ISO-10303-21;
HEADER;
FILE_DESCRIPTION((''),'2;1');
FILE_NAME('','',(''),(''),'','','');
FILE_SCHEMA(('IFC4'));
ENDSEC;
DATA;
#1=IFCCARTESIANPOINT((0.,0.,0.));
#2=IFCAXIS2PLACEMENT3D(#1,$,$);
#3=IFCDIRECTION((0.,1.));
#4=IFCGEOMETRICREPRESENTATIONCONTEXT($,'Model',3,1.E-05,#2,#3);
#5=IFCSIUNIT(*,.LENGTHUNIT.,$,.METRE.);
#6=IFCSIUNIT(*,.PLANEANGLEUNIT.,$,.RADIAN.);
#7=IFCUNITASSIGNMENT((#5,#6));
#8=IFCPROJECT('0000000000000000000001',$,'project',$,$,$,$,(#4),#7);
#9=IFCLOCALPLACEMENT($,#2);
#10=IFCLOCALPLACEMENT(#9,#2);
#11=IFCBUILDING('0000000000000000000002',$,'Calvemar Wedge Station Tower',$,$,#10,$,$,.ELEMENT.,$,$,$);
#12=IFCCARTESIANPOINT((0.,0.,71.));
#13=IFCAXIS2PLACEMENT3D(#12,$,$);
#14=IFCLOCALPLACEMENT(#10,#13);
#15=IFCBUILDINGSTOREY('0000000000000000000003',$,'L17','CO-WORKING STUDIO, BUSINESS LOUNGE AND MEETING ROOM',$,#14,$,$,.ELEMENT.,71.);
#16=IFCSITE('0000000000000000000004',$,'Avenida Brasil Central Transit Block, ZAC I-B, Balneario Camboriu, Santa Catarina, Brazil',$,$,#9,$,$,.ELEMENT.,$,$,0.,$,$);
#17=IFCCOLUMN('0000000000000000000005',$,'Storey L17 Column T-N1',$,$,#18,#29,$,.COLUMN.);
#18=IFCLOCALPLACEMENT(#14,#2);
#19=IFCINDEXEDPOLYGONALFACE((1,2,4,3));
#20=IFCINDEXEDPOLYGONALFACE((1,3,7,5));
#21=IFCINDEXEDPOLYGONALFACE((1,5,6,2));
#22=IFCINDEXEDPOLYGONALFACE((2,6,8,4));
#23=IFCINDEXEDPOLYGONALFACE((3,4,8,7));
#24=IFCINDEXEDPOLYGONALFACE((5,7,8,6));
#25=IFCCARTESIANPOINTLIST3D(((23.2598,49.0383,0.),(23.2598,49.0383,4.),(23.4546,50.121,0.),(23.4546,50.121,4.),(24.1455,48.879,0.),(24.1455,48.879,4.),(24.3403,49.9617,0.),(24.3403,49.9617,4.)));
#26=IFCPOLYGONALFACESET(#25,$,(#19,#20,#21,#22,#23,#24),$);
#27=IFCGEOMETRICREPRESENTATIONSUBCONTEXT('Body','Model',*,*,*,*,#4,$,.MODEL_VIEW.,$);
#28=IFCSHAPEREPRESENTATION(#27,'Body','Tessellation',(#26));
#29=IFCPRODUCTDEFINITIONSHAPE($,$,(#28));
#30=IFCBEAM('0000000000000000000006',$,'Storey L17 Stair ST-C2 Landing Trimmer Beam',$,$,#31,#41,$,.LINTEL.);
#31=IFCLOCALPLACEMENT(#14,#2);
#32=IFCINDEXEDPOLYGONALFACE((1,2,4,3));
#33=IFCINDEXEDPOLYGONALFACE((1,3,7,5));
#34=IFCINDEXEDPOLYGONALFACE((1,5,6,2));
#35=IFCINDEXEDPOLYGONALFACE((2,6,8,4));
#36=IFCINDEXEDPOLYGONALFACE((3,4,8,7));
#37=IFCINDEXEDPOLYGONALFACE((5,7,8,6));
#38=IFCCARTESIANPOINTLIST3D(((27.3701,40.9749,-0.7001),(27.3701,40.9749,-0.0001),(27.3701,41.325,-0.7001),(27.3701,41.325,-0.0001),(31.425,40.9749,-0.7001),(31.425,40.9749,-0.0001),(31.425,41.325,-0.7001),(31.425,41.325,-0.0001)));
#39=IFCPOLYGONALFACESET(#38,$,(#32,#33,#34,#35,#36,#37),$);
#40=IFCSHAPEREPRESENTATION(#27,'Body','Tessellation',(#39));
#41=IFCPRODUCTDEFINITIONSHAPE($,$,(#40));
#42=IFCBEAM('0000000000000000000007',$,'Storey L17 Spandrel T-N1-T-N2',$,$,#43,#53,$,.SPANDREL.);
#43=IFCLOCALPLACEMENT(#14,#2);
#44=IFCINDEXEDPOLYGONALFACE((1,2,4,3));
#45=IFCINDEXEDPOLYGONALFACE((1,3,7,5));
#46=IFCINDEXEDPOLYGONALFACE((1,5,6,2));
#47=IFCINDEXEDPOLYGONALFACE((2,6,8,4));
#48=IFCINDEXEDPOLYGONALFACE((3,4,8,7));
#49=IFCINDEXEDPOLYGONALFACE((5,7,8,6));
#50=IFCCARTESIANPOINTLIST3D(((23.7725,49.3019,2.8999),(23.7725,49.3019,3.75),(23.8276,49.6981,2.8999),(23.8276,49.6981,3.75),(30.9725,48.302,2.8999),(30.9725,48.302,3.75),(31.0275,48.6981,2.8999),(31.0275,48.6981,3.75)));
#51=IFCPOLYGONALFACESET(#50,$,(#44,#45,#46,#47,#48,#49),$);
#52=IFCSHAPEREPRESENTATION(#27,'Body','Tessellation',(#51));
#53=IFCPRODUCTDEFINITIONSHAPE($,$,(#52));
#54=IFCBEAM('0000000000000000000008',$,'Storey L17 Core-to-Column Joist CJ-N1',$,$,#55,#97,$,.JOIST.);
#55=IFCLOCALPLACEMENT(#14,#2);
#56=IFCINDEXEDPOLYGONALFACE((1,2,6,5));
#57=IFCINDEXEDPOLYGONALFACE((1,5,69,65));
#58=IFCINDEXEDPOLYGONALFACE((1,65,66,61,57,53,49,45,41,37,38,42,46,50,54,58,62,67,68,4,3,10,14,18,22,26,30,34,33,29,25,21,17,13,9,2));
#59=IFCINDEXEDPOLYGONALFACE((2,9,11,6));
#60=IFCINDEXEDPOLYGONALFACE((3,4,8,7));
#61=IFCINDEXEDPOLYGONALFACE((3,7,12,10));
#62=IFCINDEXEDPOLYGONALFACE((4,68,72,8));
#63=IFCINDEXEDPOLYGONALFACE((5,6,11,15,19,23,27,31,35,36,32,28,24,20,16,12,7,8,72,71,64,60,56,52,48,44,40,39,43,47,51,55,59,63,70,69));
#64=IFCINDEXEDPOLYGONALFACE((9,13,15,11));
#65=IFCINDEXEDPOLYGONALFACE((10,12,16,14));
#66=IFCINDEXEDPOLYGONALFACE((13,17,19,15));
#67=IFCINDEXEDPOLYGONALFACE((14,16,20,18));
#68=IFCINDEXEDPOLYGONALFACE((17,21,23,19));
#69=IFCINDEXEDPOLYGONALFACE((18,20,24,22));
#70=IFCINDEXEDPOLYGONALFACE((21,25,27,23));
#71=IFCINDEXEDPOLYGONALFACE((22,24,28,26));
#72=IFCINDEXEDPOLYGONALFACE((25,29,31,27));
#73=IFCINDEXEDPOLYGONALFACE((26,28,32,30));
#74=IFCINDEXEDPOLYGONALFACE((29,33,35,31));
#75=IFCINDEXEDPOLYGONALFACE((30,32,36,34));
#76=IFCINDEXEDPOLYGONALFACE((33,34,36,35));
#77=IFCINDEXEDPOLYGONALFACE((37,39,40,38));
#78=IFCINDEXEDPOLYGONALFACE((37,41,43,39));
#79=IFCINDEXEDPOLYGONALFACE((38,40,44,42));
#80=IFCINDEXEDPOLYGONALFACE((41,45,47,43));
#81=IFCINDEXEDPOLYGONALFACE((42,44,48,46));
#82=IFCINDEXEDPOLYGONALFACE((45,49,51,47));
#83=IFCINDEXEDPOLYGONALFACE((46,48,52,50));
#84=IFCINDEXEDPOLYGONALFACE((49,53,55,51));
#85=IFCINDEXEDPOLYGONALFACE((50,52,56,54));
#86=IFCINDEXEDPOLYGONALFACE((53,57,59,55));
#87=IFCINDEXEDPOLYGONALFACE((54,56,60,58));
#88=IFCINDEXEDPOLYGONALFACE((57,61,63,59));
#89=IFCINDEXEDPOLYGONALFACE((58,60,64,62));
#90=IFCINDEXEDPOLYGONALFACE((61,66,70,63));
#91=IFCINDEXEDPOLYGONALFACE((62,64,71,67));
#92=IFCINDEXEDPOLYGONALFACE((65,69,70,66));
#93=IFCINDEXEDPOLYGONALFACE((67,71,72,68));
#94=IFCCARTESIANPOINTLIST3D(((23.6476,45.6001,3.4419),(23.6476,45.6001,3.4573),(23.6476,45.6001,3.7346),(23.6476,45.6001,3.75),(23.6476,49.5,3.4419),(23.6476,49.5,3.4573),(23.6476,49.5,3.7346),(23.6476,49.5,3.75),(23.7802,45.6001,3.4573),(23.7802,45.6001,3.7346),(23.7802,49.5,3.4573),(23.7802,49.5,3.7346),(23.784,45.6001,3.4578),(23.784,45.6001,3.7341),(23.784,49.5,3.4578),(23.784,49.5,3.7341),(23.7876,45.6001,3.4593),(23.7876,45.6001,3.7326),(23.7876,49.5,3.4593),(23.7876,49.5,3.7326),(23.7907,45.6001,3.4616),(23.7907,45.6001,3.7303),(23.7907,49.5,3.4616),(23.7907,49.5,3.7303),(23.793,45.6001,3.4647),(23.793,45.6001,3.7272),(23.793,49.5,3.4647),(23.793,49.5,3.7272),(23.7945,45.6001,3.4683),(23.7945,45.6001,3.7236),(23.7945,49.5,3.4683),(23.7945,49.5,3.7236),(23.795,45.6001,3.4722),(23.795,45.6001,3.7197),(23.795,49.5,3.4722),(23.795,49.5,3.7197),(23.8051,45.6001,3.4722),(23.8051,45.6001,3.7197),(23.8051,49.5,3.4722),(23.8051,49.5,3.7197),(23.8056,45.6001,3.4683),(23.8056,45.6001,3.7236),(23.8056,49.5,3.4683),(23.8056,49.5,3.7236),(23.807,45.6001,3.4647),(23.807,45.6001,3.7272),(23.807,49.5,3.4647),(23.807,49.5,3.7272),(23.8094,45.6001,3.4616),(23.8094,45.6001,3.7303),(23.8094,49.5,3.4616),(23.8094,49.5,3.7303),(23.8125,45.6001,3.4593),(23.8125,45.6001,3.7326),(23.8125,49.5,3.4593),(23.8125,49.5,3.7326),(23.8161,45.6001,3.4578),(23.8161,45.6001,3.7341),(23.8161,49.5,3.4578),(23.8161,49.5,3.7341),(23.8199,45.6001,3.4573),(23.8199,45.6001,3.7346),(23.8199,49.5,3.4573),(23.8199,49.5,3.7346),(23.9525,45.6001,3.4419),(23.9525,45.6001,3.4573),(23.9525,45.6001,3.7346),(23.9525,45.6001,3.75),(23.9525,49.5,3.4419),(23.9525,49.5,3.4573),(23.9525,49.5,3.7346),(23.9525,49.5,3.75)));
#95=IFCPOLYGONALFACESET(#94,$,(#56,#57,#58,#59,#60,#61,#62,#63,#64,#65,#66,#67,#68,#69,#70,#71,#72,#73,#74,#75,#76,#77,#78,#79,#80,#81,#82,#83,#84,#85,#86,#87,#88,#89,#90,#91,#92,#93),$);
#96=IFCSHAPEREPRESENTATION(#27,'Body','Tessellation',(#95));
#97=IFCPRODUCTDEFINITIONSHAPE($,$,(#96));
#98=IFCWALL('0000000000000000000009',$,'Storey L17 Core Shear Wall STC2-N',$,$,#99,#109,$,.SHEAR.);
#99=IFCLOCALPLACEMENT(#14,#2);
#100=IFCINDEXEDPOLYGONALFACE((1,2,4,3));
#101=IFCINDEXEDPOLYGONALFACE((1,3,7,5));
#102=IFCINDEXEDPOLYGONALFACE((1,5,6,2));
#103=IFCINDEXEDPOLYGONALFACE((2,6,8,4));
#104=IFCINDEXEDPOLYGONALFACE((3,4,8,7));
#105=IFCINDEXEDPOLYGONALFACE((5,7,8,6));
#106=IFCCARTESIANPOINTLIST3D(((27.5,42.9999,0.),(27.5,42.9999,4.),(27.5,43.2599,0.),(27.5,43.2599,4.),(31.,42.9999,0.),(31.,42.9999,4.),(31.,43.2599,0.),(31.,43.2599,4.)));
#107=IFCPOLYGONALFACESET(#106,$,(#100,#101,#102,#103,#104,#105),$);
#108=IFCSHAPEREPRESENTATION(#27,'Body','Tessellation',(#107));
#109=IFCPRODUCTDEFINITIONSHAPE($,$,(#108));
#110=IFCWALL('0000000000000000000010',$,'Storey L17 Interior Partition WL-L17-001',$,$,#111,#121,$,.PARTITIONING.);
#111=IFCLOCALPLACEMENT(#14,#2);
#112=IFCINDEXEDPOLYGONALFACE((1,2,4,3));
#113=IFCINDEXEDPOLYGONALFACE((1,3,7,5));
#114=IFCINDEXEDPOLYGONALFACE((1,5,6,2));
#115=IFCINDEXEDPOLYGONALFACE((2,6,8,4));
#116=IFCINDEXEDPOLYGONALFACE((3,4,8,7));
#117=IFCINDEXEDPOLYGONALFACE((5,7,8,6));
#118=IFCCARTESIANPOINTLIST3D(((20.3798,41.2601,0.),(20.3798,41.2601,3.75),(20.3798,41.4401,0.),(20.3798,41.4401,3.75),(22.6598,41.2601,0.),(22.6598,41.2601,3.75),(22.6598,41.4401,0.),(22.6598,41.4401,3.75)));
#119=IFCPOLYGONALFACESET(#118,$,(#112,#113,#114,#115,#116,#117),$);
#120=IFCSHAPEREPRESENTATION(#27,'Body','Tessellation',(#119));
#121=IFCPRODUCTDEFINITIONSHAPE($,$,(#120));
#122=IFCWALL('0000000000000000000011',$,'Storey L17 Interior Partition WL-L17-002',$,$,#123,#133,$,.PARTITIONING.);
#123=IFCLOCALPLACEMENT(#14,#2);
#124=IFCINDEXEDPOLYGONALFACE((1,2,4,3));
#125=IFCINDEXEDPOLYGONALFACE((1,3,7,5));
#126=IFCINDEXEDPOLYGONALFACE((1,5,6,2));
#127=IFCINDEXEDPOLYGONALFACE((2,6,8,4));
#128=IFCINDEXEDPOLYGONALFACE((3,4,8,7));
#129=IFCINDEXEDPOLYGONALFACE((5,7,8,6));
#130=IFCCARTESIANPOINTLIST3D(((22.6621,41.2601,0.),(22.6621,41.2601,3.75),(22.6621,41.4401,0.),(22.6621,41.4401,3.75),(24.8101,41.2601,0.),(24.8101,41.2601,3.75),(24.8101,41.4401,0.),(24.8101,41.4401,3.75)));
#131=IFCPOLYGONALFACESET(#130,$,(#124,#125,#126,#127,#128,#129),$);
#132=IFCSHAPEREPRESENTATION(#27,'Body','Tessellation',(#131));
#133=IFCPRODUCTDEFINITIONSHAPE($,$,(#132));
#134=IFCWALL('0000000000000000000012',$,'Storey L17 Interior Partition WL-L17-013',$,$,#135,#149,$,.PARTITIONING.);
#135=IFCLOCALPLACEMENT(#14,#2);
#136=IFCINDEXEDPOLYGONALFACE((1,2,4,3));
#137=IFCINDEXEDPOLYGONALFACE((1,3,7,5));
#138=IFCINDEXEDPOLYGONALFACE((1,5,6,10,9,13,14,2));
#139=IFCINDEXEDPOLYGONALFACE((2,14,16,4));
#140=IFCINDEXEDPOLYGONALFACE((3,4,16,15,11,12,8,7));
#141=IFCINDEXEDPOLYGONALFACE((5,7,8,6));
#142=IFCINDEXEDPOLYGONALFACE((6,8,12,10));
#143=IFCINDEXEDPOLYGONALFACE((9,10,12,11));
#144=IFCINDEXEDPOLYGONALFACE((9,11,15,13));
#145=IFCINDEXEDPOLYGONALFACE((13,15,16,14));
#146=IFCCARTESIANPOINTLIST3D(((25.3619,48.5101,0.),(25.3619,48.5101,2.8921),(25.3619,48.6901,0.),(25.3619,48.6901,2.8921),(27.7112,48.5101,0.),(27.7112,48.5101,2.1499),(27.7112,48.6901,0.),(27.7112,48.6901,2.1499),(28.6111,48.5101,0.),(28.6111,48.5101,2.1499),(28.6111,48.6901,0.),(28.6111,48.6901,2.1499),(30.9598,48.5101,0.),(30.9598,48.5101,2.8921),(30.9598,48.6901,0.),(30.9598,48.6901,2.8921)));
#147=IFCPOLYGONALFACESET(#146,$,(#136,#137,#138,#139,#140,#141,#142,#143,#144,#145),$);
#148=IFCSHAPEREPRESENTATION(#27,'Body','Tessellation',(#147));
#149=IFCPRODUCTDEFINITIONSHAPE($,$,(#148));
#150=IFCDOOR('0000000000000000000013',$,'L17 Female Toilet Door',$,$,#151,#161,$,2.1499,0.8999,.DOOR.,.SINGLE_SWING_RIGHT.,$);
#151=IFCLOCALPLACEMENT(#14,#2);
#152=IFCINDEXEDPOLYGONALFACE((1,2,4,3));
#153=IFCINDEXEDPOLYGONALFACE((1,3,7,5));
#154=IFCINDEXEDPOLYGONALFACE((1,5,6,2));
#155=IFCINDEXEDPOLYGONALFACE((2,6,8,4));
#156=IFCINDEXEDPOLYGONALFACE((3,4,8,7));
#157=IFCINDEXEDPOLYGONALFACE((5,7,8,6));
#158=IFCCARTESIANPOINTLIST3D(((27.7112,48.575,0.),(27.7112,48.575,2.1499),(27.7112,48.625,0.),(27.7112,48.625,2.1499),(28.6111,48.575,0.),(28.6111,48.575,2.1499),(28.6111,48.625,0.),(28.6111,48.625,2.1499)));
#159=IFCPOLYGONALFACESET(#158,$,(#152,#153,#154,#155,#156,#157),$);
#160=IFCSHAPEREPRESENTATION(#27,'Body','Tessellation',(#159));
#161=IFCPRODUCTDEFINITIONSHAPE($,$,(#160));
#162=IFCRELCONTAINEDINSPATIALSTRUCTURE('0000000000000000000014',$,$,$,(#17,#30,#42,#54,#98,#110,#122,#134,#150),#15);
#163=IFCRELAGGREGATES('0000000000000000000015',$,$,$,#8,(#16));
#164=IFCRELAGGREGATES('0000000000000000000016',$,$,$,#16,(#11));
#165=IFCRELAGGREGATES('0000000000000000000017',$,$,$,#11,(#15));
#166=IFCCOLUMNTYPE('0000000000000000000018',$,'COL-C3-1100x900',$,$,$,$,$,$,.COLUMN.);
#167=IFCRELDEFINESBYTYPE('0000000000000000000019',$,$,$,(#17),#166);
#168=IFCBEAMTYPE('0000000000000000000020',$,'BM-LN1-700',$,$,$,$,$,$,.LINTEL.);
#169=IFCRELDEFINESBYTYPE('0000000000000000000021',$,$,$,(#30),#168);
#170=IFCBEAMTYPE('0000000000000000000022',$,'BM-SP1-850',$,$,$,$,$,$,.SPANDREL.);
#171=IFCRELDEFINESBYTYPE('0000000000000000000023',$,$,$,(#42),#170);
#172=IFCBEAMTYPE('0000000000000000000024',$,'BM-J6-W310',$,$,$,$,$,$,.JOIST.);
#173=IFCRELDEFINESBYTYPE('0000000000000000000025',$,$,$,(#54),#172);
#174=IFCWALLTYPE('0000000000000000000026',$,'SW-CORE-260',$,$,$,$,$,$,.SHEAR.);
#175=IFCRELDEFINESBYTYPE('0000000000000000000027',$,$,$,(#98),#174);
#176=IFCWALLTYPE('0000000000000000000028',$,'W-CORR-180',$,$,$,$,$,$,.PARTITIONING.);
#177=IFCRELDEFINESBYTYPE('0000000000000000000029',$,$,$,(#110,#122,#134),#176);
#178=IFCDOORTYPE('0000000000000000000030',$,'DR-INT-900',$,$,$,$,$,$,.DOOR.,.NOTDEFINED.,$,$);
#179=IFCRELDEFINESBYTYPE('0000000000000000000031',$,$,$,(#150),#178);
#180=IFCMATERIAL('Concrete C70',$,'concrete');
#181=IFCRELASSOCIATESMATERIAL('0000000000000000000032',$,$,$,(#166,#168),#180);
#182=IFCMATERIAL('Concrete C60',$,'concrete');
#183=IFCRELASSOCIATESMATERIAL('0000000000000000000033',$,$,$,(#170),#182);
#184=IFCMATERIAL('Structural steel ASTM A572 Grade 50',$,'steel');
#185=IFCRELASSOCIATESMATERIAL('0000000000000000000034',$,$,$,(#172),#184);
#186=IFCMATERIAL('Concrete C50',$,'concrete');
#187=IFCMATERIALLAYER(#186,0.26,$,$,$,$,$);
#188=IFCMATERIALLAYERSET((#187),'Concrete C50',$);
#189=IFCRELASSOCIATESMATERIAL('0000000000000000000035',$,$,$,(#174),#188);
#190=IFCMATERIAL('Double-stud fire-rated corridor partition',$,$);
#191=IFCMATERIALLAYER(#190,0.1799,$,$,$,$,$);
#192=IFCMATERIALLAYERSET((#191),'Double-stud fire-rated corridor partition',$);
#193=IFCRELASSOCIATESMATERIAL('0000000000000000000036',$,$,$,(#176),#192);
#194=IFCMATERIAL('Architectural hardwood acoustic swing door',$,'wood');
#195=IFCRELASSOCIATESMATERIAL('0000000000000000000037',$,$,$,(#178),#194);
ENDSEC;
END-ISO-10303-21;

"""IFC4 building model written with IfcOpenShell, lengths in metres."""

from ifc_helpers import new_model, si_unit, direction, frame, frame_2d, origin, origin_2d, place, context, subcontext, project, spatial, rectangle, i_section, extrude, source, transform, mapped, material, layer, layer_set, material_profile, profile_set, type_object, element, fill, save


model = new_model("IFC4")

# Units and contexts
model_context = context("Model", 3, precision=1e-05, world=origin(), true_north=direction((0.0, 1.0)))
body_context = subcontext(model_context, "Body", "Model", "MODEL_VIEW")
ifc_project = project(units=[si_unit("LENGTHUNIT", "METRE"), si_unit("PLANEANGLEUNIT", "RADIAN")], contexts=[model_context])

# Site, building, storey
site_placement = place(None, origin())
site = spatial("IfcSite", under=ifc_project, at=site_placement, Name="Avenida Brasil Central Transit Block, ZAC I-B, Balneario Camboriu, Santa Catarina, Brazil", CompositionType="ELEMENT", RefElevation=0.0)
building_placement = place(site_placement, origin())
building = spatial("IfcBuilding", under=site, at=building_placement, Name="Calvemar Wedge Station Tower", CompositionType="ELEMENT")
storey_placement = place(building_placement, frame((0.0, 0.0, 71.0)))
storey = spatial("IfcBuildingStorey", under=building, at=storey_placement, Name="L17", Description="CO-WORKING STUDIO, BUSINESS LOUNGE AND MEETING ROOM", CompositionType="ELEMENT", Elevation=71.0)

# Column
ifc_material_1 = material(Name="Concrete C70", Category="concrete")
ifc_material_profile_1 = material_profile(ifc_material_1, rectangle(XDim=0.8999, YDim=1.1001, at=origin_2d()), Name="RC1100x900")
ifc_profile_set_1 = profile_set([ifc_material_profile_1], Name="Concrete C70")
column_type = type_object("IfcColumnType", Name="COL-C3-1100x900", PredefinedType="COLUMN", material=ifc_profile_set_1)
shared_shape_1 = source(origin(), body_context, "Body", "SweptSolid", [
    extrude(rectangle(XDim=0.8999, YDim=1.1001, at=origin_2d()), origin(), (0.0, 0.0, 1.0), 4.0),
])
column_placement = place(storey_placement, frame((23.8, 49.5, 0.0), z_axis=(0.0, 0.0, 1.0), x_axis=(0.984196, -0.177085, 0.0)))
element("IfcColumn", 1, at=column_placement, inside=storey, type_object=column_type, Name="Storey L17 Column T-N1", PredefinedType="COLUMN", context=body_context, shape_type="MappedRepresentation", body=[
    mapped(shared_shape_1, transform((0.0, 0.0, 0.0), scale=1.0)),
])

# Beams
ifc_material_profile_2 = material_profile(ifc_material_1, rectangle(XDim=0.3501, YDim=0.7, at=origin_2d()), Name="RC350x700")
ifc_profile_set_2 = profile_set([ifc_material_profile_2], Name="Concrete C70")
beam_type_1 = type_object("IfcBeamType", Name="BM-LN1-700", PredefinedType="LINTEL", material=ifc_profile_set_2)
shared_shape_2 = source(origin(), body_context, "Body", "SweptSolid", [
    extrude(rectangle(XDim=0.3501, YDim=0.7, at=origin_2d()), origin(), (0.0, 0.0, 1.0), 4.0549),
])
beam_1_placement = place(storey_placement, frame((27.3701, 41.1499, -0.3501), z_axis=(1.0, 0.0, 0.0), x_axis=(0.0, 1.0, 0.0)))
element("IfcBeam", 2, at=beam_1_placement, inside=storey, type_object=beam_type_1, Name="Storey L17 Stair ST-C2 Landing Trimmer Beam", PredefinedType="LINTEL", context=body_context, shape_type="MappedRepresentation", body=[
    mapped(shared_shape_2, transform((0.0, 0.0, 0.0), scale=1.0)),
])
ifc_material_2 = material(Name="Concrete C60", Category="concrete")
ifc_material_profile_3 = material_profile(ifc_material_2, rectangle(XDim=0.3999, YDim=0.8501, at=origin_2d()), Name="RC400x850")
ifc_profile_set_3 = profile_set([ifc_material_profile_3], Name="Concrete C60")
beam_type_2 = type_object("IfcBeamType", Name="BM-SP1-850", PredefinedType="SPANDREL", material=ifc_profile_set_3)
shared_shape_3 = source(origin(), body_context, "Body", "SweptSolid", [
    extrude(rectangle(XDim=0.3999, YDim=0.8501, at=origin_2d()), origin(), (0.0, 0.0, 1.0), 7.269),
])
beam_2_placement = place(storey_placement, frame((23.8, 49.5, 3.325), z_axis=(0.990492, -0.137569, 0.0), x_axis=(0.137569, 0.990492, 0.0)))
element("IfcBeam", 3, at=beam_2_placement, inside=storey, type_object=beam_type_2, Name="Storey L17 Spandrel T-N1-T-N2", PredefinedType="SPANDREL", context=body_context, shape_type="MappedRepresentation", body=[
    mapped(shared_shape_3, transform((0.0, 0.0, 0.0), scale=1.0)),
])
ifc_material_3 = material(Name="Structural steel ASTM A572 Grade 50", Category="steel")
ifc_material_profile_4 = material_profile(ifc_material_3, i_section(OverallWidth=0.3049, OverallDepth=0.3081, WebThickness=0.01, FlangeThickness=0.0154, FilletRadius=0.0149, at=origin_2d()), Name="W310x97")
ifc_profile_set_4 = profile_set([ifc_material_profile_4], Name="Structural steel ASTM A572 Grade 50")
beam_type_3 = type_object("IfcBeamType", Name="BM-J6-W310", PredefinedType="JOIST", material=ifc_profile_set_4)
shared_shape_4 = source(origin(), body_context, "Body", "SweptSolid", [
    extrude(i_section(OverallWidth=0.3049, OverallDepth=0.3081, WebThickness=0.01, FlangeThickness=0.0154, FilletRadius=0.0149, at=origin_2d()), origin(), (0.0, 0.0, 1.0), 3.8999),
])
beam_3_placement = place(storey_placement, frame((23.8, 45.6001, 3.5959), z_axis=(0.0, 1.0, 0.0), x_axis=(-1.0, 0.0, 0.0)))
element("IfcBeam", 4, at=beam_3_placement, inside=storey, type_object=beam_type_3, Name="Storey L17 Core-to-Column Joist CJ-N1", PredefinedType="JOIST", context=body_context, shape_type="MappedRepresentation", body=[
    mapped(shared_shape_4, transform((0.0, 0.0, 0.0), scale=1.0)),
])

# Walls
ifc_material_4 = material(Name="Concrete C50", Category="concrete")
ifc_layer_1 = layer(ifc_material_4, 0.26)
ifc_layer_set_1 = layer_set([ifc_layer_1], Name="Concrete C50")
wall_type_1 = type_object("IfcWallType", Name="SW-CORE-260", PredefinedType="SHEAR", material=ifc_layer_set_1)
wall_1_placement = place(storey_placement, frame((27.5, 43.1299, 0.0), z_axis=(0.0, 0.0, 1.0), x_axis=(1.0, 0.0, 0.0)))
element("IfcWall", 5, at=wall_1_placement, inside=storey, type_object=wall_type_1, Name="Storey L17 Core Shear Wall STC2-N", PredefinedType="SHEAR", context=body_context, shape_type="SweptSolid", body=[
    extrude(rectangle(XDim=3.5, YDim=0.26, at=frame_2d((1.75, 0.0))), origin(), (0.0, 0.0, 1.0), 4.0),
])
ifc_material_5 = material(Name="Double-stud fire-rated corridor partition")
ifc_layer_2 = layer(ifc_material_5, 0.1799)
ifc_layer_set_2 = layer_set([ifc_layer_2], Name="Double-stud fire-rated corridor partition")
wall_type_2 = type_object("IfcWallType", Name="W-CORR-180", PredefinedType="PARTITIONING", material=ifc_layer_set_2)
wall_2_placement = place(storey_placement, frame((22.6599, 41.3501, 0.0), z_axis=(0.0, 0.0, 1.0), x_axis=(-1.0, 0.0, 0.0)))
element("IfcWall", 6, at=wall_2_placement, inside=storey, type_object=wall_type_2, Name="Storey L17 Interior Partition WL-L17-001", PredefinedType="PARTITIONING", context=body_context, shape_type="SweptSolid", body=[
    extrude(rectangle(XDim=2.28, YDim=0.1799, at=frame_2d((1.1401, 0.0))), origin(), (0.0, 0.0, 1.0), 3.75),
])
wall_3_placement = place(storey_placement, frame((24.8101, 41.3501, 0.0), z_axis=(0.0, 0.0, 1.0), x_axis=(-1.0, 0.0, 0.0)))
element("IfcWall", 7, at=wall_3_placement, inside=storey, type_object=wall_type_2, Name="Storey L17 Interior Partition WL-L17-002", PredefinedType="PARTITIONING", context=body_context, shape_type="SweptSolid", body=[
    extrude(rectangle(XDim=2.1479, YDim=0.1799, at=frame_2d((1.074, 0.0))), origin(), (0.0, 0.0, 1.0), 3.75),
])

# Wall, opening, door
wall_4_placement = place(storey_placement, frame((25.3621, 48.6001, 0.0), z_axis=(0.0, 0.0, 1.0), x_axis=(1.0, 0.0, 0.0)))
wall_4 = element("IfcWall", 8, at=wall_4_placement, inside=storey, type_object=wall_type_2, Name="Storey L17 Interior Partition WL-L17-013", PredefinedType="PARTITIONING", context=body_context, shape_type="SweptSolid", body=[
    extrude(rectangle(XDim=5.5979, YDim=0.1799, at=frame_2d((2.7988, 0.0))), origin(), (0.0, 0.0, 1.0), 2.8921),
])
shared_shape_5 = source(origin(), body_context, "Body", "SweptSolid", [
    extrude(rectangle(XDim=0.8999, YDim=2.1499, at=frame_2d((0.45, 1.075))), frame((0.0, 0.1001, 0.0), z_axis=(0.0, -1.0, 0.0), x_axis=(1.0, 0.0, 0.0)), (0.0, 0.0, 1.0), 0.2),
])
opening_1_placement = place(wall_4_placement, frame((2.3491, 0.0, 0.0)))
opening_1 = element("IfcOpeningElement", 9, at=opening_1_placement, cuts=wall_4, PredefinedType="OPENING", context=body_context, shape_type="MappedRepresentation", body=[
    mapped(shared_shape_5, transform((0.0, 0.0, 0.0), scale=1.0)),
])
ifc_material_6 = material(Name="Architectural hardwood acoustic swing door", Category="wood")
door_type_1 = type_object("IfcDoorType", Name="DR-INT-900", OperationType="NOTDEFINED", PredefinedType="DOOR", material=ifc_material_6)
shared_shape_6 = source(origin(), body_context, "Body", "SweptSolid", [
    extrude(rectangle(XDim=0.8999, YDim=2.1499, at=frame_2d((0.45, 1.075))), frame((0.0, 0.0249, 0.0), z_axis=(0.0, -1.0, 0.0), x_axis=(1.0, 0.0, 0.0)), (0.0, 0.0, 1.0), 0.05),
])
door_1_placement = place(opening_1_placement, origin())
door_1 = element("IfcDoor", 10, at=door_1_placement, inside=storey, type_object=door_type_1, Name="L17 Female Toilet Door", OperationType="SINGLE_SWING_RIGHT", OverallHeight=2.1499, OverallWidth=0.8999, PredefinedType="DOOR", context=body_context, shape_type="MappedRepresentation", body=[
    mapped(shared_shape_6, transform((0.0, 0.0, 0.0), scale=1.0)),
])
fill(opening_1, door_1)

save(model, "model.ifc")
